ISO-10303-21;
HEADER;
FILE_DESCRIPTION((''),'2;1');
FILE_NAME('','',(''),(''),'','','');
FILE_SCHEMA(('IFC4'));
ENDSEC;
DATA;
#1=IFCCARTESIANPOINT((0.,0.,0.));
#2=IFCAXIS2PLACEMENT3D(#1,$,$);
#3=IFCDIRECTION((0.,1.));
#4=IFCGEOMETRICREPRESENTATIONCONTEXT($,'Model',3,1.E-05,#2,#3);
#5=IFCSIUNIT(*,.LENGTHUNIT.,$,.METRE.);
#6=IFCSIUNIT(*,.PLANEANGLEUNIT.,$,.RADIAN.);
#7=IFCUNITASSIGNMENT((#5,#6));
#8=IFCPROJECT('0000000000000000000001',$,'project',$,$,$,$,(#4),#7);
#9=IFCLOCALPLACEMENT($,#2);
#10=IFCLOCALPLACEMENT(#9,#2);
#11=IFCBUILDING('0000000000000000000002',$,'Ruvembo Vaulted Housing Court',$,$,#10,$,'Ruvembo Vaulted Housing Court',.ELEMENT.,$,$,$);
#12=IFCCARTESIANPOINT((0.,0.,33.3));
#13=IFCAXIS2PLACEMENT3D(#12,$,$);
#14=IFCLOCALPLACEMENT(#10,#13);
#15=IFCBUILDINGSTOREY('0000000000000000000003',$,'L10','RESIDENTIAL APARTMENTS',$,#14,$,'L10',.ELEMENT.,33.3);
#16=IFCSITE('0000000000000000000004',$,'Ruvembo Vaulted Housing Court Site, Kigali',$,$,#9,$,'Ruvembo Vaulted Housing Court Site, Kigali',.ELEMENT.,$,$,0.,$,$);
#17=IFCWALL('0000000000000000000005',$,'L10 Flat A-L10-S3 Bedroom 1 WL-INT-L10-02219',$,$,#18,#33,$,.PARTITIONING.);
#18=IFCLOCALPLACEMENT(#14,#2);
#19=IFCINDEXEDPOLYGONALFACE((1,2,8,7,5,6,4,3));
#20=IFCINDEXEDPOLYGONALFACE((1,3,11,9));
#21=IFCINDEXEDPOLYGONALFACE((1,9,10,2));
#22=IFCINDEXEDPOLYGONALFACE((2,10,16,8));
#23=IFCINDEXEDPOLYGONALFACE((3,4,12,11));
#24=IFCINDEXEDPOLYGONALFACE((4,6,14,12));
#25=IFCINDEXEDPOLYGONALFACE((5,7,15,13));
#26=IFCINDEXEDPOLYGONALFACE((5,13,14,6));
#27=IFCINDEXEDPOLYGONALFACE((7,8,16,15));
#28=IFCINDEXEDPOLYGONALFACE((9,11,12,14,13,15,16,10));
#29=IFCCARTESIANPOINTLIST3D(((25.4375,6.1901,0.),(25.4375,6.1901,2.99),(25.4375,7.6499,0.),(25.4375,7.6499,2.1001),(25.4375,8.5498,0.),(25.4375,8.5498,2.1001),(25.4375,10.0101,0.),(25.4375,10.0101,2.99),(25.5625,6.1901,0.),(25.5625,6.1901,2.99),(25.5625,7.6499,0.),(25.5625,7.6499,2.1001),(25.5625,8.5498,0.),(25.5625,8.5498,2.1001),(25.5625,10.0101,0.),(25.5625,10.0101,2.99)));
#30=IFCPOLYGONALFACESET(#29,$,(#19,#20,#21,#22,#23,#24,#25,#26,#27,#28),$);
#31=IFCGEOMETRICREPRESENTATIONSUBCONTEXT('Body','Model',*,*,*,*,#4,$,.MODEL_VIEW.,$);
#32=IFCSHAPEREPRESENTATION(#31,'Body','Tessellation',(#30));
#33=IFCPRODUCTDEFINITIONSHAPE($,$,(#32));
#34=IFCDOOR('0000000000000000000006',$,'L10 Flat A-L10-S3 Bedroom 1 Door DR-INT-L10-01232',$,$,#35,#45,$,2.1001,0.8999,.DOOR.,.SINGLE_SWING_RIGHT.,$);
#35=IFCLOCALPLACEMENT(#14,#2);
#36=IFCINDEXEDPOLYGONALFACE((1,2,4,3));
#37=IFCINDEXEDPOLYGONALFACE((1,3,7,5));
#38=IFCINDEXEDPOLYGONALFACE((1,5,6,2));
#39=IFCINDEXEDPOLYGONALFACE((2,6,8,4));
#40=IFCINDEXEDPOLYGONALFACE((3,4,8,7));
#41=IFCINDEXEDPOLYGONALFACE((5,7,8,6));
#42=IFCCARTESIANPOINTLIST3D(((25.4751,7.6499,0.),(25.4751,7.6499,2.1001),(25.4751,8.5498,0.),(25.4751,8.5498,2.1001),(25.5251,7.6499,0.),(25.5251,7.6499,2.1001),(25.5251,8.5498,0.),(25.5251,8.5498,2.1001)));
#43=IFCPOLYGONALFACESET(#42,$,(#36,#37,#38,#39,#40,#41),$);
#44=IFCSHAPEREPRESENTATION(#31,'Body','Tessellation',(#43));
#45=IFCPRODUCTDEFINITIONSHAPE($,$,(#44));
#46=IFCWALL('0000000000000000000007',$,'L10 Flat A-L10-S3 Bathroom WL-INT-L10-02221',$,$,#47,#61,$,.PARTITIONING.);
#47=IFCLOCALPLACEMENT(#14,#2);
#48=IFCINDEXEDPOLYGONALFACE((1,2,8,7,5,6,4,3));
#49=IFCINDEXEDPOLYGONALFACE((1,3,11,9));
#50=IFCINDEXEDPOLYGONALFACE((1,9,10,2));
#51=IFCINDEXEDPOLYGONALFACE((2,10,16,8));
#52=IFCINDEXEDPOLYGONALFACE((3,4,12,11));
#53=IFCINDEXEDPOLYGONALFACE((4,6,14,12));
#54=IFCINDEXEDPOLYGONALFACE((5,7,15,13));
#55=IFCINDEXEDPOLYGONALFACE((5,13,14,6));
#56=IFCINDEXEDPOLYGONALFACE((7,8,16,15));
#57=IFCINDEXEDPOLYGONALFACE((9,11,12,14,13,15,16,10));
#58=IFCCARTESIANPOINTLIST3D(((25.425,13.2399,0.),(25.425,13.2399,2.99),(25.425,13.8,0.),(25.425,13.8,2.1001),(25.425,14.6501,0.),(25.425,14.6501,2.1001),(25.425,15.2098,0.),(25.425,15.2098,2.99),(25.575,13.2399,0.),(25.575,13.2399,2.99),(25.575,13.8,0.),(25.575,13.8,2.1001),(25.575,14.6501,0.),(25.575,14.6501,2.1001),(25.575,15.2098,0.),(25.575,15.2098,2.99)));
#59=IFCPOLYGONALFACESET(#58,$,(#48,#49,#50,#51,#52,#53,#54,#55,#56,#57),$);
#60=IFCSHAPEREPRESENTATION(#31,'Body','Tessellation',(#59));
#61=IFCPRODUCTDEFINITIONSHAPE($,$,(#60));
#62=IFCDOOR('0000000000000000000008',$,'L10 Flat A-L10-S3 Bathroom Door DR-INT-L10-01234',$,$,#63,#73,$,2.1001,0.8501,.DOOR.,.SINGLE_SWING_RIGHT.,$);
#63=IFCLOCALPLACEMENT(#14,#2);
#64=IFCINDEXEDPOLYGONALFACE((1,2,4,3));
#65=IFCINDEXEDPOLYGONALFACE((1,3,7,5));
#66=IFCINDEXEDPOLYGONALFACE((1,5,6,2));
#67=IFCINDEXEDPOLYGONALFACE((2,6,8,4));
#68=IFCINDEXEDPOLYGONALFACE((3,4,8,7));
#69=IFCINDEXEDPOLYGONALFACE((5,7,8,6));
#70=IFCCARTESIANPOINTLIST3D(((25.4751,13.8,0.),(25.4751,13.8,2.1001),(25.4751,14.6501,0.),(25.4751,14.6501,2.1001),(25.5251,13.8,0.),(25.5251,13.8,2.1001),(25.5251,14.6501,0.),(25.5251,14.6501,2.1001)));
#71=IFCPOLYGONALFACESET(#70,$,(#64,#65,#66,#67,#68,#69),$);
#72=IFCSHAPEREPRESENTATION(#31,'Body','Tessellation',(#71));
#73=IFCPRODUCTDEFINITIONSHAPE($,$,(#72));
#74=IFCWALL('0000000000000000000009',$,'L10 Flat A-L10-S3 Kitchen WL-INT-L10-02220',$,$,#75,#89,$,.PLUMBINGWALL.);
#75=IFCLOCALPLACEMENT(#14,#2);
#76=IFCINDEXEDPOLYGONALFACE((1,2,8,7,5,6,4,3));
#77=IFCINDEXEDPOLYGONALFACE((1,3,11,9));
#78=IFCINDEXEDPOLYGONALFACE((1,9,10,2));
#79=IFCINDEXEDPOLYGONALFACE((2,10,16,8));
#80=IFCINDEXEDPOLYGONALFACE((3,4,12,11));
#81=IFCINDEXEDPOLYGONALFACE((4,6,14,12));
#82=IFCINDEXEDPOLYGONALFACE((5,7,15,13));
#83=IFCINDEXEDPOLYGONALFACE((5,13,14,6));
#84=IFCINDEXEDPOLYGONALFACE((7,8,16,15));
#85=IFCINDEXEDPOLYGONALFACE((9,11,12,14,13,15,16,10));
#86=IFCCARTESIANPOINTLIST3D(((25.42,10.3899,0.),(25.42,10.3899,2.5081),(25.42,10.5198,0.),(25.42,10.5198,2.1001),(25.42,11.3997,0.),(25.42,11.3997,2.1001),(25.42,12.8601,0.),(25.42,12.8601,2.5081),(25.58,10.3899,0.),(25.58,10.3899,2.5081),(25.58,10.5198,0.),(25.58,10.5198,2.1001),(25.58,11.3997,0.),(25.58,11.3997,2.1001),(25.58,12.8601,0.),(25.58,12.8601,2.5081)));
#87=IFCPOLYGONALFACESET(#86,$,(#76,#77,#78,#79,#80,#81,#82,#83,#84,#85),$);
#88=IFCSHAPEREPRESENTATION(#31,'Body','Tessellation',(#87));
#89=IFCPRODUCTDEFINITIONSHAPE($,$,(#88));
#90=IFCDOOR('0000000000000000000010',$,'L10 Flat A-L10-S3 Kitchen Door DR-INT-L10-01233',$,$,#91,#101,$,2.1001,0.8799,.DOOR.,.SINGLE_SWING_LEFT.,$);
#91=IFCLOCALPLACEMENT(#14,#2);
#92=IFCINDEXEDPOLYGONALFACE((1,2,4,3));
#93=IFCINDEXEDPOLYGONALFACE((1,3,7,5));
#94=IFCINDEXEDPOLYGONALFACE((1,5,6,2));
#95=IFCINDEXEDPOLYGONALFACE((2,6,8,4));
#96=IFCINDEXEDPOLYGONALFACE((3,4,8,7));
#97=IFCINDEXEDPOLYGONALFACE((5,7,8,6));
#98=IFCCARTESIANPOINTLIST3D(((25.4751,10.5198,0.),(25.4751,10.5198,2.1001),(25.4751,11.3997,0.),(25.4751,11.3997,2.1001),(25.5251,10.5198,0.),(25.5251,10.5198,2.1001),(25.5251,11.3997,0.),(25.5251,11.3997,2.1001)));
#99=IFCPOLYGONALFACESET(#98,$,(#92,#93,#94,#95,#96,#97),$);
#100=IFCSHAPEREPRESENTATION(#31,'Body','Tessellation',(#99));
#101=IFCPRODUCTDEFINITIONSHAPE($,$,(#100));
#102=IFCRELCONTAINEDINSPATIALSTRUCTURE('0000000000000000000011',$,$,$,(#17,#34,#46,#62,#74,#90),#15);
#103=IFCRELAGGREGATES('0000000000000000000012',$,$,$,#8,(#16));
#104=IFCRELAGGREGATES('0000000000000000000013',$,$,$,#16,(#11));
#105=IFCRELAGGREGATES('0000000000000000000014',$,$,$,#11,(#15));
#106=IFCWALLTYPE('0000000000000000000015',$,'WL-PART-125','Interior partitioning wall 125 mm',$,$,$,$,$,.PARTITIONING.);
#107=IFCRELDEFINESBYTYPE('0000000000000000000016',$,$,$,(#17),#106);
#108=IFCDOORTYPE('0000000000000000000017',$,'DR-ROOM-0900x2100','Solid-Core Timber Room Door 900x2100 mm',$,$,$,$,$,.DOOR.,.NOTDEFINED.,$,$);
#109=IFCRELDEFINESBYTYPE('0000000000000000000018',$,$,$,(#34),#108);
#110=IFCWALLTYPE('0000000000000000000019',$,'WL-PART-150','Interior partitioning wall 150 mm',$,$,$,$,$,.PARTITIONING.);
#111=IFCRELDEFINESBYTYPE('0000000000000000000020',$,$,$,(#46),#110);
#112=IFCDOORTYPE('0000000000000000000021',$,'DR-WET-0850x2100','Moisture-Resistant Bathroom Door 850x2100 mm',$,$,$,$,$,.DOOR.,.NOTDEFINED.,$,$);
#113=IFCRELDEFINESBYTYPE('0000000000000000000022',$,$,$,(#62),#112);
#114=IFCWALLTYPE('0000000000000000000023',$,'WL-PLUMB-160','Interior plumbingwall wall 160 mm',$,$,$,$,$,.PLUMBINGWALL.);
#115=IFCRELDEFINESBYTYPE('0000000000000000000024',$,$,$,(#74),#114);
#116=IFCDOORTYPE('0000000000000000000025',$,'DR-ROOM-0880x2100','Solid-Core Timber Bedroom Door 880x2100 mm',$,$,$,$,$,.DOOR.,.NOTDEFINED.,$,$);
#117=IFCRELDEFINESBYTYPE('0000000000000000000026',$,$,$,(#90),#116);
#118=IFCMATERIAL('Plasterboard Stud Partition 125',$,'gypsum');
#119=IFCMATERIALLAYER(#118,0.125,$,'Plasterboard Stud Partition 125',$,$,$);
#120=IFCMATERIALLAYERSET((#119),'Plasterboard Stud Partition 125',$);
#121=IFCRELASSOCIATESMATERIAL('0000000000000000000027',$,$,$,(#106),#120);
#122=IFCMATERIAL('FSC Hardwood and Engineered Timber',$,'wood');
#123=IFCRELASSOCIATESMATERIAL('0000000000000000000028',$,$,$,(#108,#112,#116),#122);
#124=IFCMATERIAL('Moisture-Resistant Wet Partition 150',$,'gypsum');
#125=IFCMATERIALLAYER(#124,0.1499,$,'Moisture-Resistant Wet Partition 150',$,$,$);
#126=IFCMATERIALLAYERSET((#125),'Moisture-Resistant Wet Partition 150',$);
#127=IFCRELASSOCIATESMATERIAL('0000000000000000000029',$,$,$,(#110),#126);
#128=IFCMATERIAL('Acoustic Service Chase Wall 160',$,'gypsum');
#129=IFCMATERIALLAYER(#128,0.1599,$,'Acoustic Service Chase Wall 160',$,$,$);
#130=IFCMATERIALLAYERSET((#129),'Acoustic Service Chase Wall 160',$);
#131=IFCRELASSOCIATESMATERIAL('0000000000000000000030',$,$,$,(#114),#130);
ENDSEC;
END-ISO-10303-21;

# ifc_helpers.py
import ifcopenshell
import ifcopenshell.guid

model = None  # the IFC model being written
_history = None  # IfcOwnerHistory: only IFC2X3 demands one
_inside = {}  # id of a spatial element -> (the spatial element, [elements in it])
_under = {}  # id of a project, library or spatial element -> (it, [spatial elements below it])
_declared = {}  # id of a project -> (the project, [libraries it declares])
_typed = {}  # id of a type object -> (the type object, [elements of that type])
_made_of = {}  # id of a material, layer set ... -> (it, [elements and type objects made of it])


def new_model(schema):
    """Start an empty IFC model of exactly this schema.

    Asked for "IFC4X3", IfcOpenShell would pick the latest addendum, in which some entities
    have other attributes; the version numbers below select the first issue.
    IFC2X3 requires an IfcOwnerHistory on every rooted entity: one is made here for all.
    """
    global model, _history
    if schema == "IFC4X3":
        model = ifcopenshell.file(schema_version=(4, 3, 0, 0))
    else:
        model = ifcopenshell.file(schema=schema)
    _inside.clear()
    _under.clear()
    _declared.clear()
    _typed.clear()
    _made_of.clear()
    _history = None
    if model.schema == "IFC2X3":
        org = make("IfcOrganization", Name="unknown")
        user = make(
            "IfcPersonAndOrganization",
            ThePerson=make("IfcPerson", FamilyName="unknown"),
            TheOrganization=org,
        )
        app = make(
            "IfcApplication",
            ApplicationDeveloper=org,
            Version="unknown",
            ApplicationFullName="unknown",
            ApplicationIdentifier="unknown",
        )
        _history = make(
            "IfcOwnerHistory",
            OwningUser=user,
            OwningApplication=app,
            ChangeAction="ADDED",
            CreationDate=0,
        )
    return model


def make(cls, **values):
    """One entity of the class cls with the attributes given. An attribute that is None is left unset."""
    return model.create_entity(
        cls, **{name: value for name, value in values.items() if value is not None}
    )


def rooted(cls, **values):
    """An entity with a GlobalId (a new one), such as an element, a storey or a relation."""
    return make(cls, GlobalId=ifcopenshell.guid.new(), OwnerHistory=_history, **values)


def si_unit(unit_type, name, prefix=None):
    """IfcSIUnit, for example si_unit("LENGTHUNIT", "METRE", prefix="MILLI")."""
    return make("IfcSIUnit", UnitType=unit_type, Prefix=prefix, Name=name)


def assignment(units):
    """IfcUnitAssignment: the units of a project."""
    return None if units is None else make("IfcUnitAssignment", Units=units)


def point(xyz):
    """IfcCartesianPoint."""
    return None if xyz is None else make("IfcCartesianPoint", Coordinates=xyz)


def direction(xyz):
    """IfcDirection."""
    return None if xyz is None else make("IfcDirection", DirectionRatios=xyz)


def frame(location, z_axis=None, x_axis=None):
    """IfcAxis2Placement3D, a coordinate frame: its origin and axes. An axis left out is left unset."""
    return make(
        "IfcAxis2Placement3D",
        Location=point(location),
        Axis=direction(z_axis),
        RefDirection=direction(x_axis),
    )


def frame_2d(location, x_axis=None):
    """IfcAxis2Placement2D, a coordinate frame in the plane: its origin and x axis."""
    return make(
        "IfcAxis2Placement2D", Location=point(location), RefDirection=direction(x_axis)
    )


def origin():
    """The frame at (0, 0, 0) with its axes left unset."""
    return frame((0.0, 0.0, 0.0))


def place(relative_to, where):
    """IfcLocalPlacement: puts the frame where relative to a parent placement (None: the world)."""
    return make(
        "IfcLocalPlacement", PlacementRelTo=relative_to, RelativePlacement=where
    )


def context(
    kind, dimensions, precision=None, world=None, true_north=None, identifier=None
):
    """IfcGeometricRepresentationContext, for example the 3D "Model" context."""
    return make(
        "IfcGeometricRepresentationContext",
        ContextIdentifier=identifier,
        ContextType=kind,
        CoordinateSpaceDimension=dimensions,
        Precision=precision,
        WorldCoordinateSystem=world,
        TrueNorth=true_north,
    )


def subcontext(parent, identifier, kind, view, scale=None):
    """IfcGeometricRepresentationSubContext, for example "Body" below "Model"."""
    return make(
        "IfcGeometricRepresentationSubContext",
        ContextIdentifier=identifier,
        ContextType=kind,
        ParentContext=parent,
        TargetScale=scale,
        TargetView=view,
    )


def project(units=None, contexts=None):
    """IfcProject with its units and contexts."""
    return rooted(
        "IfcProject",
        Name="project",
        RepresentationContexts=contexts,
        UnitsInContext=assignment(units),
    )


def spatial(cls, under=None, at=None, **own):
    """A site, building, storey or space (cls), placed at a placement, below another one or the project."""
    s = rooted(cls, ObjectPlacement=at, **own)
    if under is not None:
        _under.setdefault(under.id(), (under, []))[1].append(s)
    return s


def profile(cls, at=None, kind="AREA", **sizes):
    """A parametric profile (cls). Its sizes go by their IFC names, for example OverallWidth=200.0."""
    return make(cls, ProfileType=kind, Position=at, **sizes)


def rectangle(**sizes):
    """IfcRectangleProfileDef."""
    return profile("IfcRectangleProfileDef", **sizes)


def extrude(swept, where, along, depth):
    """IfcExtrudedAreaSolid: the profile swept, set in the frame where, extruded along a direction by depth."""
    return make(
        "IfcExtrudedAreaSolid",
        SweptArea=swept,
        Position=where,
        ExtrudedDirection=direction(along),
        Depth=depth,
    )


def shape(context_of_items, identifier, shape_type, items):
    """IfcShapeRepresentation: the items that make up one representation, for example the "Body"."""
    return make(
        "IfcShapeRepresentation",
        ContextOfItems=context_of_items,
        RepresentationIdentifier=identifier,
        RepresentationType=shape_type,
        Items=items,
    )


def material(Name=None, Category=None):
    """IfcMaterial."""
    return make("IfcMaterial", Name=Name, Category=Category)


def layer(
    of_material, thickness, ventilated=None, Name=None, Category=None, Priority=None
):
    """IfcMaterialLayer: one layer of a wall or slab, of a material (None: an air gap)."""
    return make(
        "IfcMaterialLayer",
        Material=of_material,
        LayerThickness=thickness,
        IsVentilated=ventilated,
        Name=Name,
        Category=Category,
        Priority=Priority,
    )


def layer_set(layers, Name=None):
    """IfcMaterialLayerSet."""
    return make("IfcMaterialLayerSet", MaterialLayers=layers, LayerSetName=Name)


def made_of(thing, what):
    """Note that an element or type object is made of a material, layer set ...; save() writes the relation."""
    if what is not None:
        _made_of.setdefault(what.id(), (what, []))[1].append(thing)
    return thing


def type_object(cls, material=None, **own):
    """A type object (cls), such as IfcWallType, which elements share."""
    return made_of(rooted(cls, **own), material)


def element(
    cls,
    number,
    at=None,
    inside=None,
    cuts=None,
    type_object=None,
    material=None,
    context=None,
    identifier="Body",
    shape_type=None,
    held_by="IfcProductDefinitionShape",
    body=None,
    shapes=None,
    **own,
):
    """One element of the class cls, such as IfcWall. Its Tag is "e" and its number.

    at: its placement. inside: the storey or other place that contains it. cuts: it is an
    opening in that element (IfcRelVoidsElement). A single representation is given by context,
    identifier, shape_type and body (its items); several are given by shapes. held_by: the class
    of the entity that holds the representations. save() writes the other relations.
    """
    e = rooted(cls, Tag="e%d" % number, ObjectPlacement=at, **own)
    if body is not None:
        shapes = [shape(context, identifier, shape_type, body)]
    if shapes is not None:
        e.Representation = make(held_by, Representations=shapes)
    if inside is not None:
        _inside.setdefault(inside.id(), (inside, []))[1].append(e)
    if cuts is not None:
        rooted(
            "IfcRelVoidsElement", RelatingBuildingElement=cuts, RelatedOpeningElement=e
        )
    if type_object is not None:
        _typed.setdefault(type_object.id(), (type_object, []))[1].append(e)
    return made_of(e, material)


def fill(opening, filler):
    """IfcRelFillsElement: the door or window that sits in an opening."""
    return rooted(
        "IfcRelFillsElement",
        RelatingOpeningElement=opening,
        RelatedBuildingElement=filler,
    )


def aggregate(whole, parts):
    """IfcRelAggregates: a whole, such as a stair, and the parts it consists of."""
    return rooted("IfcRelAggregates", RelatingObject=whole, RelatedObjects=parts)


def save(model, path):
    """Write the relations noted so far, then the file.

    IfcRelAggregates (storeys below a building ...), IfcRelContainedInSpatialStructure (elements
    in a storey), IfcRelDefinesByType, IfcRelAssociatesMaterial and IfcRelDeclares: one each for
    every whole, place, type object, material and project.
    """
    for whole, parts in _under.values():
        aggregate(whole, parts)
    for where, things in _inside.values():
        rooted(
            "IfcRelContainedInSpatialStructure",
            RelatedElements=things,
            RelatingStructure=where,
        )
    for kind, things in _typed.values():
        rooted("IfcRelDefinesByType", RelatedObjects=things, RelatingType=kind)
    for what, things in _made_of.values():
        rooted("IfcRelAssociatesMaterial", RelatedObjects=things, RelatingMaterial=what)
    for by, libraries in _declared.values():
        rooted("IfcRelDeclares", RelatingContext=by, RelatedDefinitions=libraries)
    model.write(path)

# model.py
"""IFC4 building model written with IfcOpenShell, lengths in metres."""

from ifc_helpers import new_model, si_unit, direction, frame, frame_2d, origin, place, context, subcontext, project, spatial, rectangle, extrude, material, layer, layer_set, type_object, element, fill, save


model = new_model("IFC4")

# Units and contexts
model_context = context("Model", 3, precision=1e-05, world=origin(), true_north=direction((0.0, 1.0)))
body_context = subcontext(model_context, "Body", "Model", "MODEL_VIEW")
ifc_project = project(units=[si_unit("LENGTHUNIT", "METRE"), si_unit("PLANEANGLEUNIT", "RADIAN")], contexts=[model_context])

# Site, building, storey
site_placement = place(None, origin())
site = spatial("IfcSite", under=ifc_project, at=site_placement, Name="Ruvembo Vaulted Housing Court Site, Kigali", LongName="Ruvembo Vaulted Housing Court Site, Kigali", CompositionType="ELEMENT", RefElevation=0.0)
building_placement = place(site_placement, origin())
building = spatial("IfcBuilding", under=site, at=building_placement, Name="Ruvembo Vaulted Housing Court", LongName="Ruvembo Vaulted Housing Court", CompositionType="ELEMENT")
storey_placement = place(building_placement, frame((0.0, 0.0, 33.3)))
storey = spatial("IfcBuildingStorey", under=building, at=storey_placement, Name="L10", Description="RESIDENTIAL APARTMENTS", LongName="L10", CompositionType="ELEMENT", Elevation=33.3)

# Shared definitions
ifc_material_1 = material(Name="FSC Hardwood and Engineered Timber", Category="wood")

# Walls, openings, doors
ifc_material_2 = material(Name="Plasterboard Stud Partition 125", Category="gypsum")
ifc_layer_1 = layer(ifc_material_2, 0.125, Name="Plasterboard Stud Partition 125")
ifc_layer_set_1 = layer_set([ifc_layer_1], Name="Plasterboard Stud Partition 125")
wall_type_1 = type_object("IfcWallType", Name="WL-PART-125", Description="Interior partitioning wall 125 mm", PredefinedType="PARTITIONING", material=ifc_layer_set_1)
wall_1_placement = place(storey_placement, frame((25.5, 6.1899, 0.0), z_axis=(0.0, 0.0, 1.0), x_axis=(0.0, 1.0, 0.0)))
wall_1 = element("IfcWall", 1, at=wall_1_placement, inside=storey, type_object=wall_type_1, Name="L10 Flat A-L10-S3 Bedroom 1 WL-INT-L10-02219", PredefinedType="PARTITIONING", context=body_context, shape_type="SweptSolid", body=[
    extrude(rectangle(XDim=3.8201, YDim=0.125, at=frame_2d((1.9102, 0.0))), origin(), (0.0, 0.0, 1.0), 2.99),
])
opening_1_placement = place(wall_1_placement, frame((1.46, 0.0, 0.0)))
opening_1 = element("IfcOpeningElement", 2, at=opening_1_placement, cuts=wall_1, PredefinedType="OPENING", context=body_context, shape_type="SweptSolid", body=[
    extrude(rectangle(XDim=0.8999, YDim=2.1001, at=frame_2d((0.45, 1.05))), frame((0.0, 0.0725, 0.0), z_axis=(0.0, -1.0, 0.0), x_axis=(1.0, 0.0, 0.0)), (0.0, 0.0, 1.0), 0.145),
])
door_type_1 = type_object("IfcDoorType", Name="DR-ROOM-0900x2100", Description="Solid-Core Timber Room Door 900x2100 mm", OperationType="NOTDEFINED", PredefinedType="DOOR", material=ifc_material_1)
door_1_placement = place(opening_1_placement, origin())
door_1 = element("IfcDoor", 3, at=door_1_placement, inside=storey, type_object=door_type_1, Name="L10 Flat A-L10-S3 Bedroom 1 Door DR-INT-L10-01232", OperationType="SINGLE_SWING_RIGHT", OverallHeight=2.1001, OverallWidth=0.8999, PredefinedType="DOOR", context=body_context, shape_type="SweptSolid", body=[
    extrude(rectangle(XDim=0.8999, YDim=2.1001, at=frame_2d((0.45, 1.05))), frame((0.0, 0.0249, 0.0), z_axis=(0.0, -1.0, 0.0), x_axis=(1.0, 0.0, 0.0)), (0.0, 0.0, 1.0), 0.05),
])
fill(opening_1, door_1)
ifc_material_3 = material(Name="Moisture-Resistant Wet Partition 150", Category="gypsum")
ifc_layer_2 = layer(ifc_material_3, 0.1499, Name="Moisture-Resistant Wet Partition 150")
ifc_layer_set_2 = layer_set([ifc_layer_2], Name="Moisture-Resistant Wet Partition 150")
wall_type_2 = type_object("IfcWallType", Name="WL-PART-150", Description="Interior partitioning wall 150 mm", PredefinedType="PARTITIONING", material=ifc_layer_set_2)
wall_2_placement = place(storey_placement, frame((25.5, 13.24, 0.0), z_axis=(0.0, 0.0, 1.0), x_axis=(0.0, 1.0, 0.0)))
wall_2 = element("IfcWall", 4, at=wall_2_placement, inside=storey, type_object=wall_type_2, Name="L10 Flat A-L10-S3 Bathroom WL-INT-L10-02221", PredefinedType="PARTITIONING", context=body_context, shape_type="SweptSolid", body=[
    extrude(rectangle(XDim=1.97, YDim=0.1499, at=frame_2d((0.9849, 0.0))), origin(), (0.0, 0.0, 1.0), 2.99),
])
opening_2_placement = place(wall_2_placement, frame((0.5601, 0.0, 0.0)))
opening_2 = element("IfcOpeningElement", 5, at=opening_2_placement, cuts=wall_2, PredefinedType="OPENING", context=body_context, shape_type="SweptSolid", body=[
    extrude(rectangle(XDim=0.8501, YDim=2.1001, at=frame_2d((0.425, 1.05))), frame((0.0, 0.085, 0.0), z_axis=(0.0, -1.0, 0.0), x_axis=(1.0, 0.0, 0.0)), (0.0, 0.0, 1.0), 0.1699),
])
door_type_2 = type_object("IfcDoorType", Name="DR-WET-0850x2100", Description="Moisture-Resistant Bathroom Door 850x2100 mm", OperationType="NOTDEFINED", PredefinedType="DOOR", material=ifc_material_1)
door_2_placement = place(opening_2_placement, origin())
door_2 = element("IfcDoor", 6, at=door_2_placement, inside=storey, type_object=door_type_2, Name="L10 Flat A-L10-S3 Bathroom Door DR-INT-L10-01234", OperationType="SINGLE_SWING_RIGHT", OverallHeight=2.1001, OverallWidth=0.8501, PredefinedType="DOOR", context=body_context, shape_type="SweptSolid", body=[
    extrude(rectangle(XDim=0.8501, YDim=2.1001, at=frame_2d((0.425, 1.05))), frame((0.0, 0.0249, 0.0), z_axis=(0.0, -1.0, 0.0), x_axis=(1.0, 0.0, 0.0)), (0.0, 0.0, 1.0), 0.05),
])
fill(opening_2, door_2)
ifc_material_4 = material(Name="Acoustic Service Chase Wall 160", Category="gypsum")
ifc_layer_3 = layer(ifc_material_4, 0.1599, Name="Acoustic Service Chase Wall 160")
ifc_layer_set_3 = layer_set([ifc_layer_3], Name="Acoustic Service Chase Wall 160")
wall_type_3 = type_object("IfcWallType", Name="WL-PLUMB-160", Description="Interior plumbingwall wall 160 mm", PredefinedType="PLUMBINGWALL", material=ifc_layer_set_3)
wall_3_placement = place(storey_placement, frame((25.5, 10.3899, 0.0), z_axis=(0.0, 0.0, 1.0), x_axis=(0.0, 1.0, 0.0)))
wall_3 = element("IfcWall", 7, at=wall_3_placement, inside=storey, type_object=wall_type_3, Name="L10 Flat A-L10-S3 Kitchen WL-INT-L10-02220", PredefinedType="PLUMBINGWALL", context=body_context, shape_type="SweptSolid", body=[
    extrude(rectangle(XDim=2.4702, YDim=0.1599, at=frame_2d((1.2351, 0.0))), origin(), (0.0, 0.0, 1.0), 2.5081),
])
opening_3_placement = place(wall_3_placement, frame((0.1299, 0.0, 0.0)))
opening_3 = element("IfcOpeningElement", 8, at=opening_3_placement, cuts=wall_3, PredefinedType="OPENING", context=body_context, shape_type="SweptSolid", body=[
    extrude(rectangle(XDim=0.8799, YDim=2.1001, at=frame_2d((0.4399, 1.05))), frame((0.0, 0.0898, 0.0), z_axis=(0.0, -1.0, 0.0), x_axis=(1.0, 0.0, 0.0)), (0.0, 0.0, 1.0), 0.1799),
])
door_type_3 = type_object("IfcDoorType", Name="DR-ROOM-0880x2100", Description="Solid-Core Timber Bedroom Door 880x2100 mm", OperationType="NOTDEFINED", PredefinedType="DOOR", material=ifc_material_1)
door_3_placement = place(opening_3_placement, origin())
door_3 = element("IfcDoor", 9, at=door_3_placement, inside=storey, type_object=door_type_3, Name="L10 Flat A-L10-S3 Kitchen Door DR-INT-L10-01233", OperationType="SINGLE_SWING_LEFT", OverallHeight=2.1001, OverallWidth=0.8799, PredefinedType="DOOR", context=body_context, shape_type="SweptSolid", body=[
    extrude(rectangle(XDim=0.8799, YDim=2.1001, at=frame_2d((0.4399, 1.05))), frame((0.0, 0.0249, 0.0), z_axis=(0.0, -1.0, 0.0), x_axis=(1.0, 0.0, 0.0)), (0.0, 0.0, 1.0), 0.05),
])
fill(opening_3, door_3)

save(model, "model.ifc")
